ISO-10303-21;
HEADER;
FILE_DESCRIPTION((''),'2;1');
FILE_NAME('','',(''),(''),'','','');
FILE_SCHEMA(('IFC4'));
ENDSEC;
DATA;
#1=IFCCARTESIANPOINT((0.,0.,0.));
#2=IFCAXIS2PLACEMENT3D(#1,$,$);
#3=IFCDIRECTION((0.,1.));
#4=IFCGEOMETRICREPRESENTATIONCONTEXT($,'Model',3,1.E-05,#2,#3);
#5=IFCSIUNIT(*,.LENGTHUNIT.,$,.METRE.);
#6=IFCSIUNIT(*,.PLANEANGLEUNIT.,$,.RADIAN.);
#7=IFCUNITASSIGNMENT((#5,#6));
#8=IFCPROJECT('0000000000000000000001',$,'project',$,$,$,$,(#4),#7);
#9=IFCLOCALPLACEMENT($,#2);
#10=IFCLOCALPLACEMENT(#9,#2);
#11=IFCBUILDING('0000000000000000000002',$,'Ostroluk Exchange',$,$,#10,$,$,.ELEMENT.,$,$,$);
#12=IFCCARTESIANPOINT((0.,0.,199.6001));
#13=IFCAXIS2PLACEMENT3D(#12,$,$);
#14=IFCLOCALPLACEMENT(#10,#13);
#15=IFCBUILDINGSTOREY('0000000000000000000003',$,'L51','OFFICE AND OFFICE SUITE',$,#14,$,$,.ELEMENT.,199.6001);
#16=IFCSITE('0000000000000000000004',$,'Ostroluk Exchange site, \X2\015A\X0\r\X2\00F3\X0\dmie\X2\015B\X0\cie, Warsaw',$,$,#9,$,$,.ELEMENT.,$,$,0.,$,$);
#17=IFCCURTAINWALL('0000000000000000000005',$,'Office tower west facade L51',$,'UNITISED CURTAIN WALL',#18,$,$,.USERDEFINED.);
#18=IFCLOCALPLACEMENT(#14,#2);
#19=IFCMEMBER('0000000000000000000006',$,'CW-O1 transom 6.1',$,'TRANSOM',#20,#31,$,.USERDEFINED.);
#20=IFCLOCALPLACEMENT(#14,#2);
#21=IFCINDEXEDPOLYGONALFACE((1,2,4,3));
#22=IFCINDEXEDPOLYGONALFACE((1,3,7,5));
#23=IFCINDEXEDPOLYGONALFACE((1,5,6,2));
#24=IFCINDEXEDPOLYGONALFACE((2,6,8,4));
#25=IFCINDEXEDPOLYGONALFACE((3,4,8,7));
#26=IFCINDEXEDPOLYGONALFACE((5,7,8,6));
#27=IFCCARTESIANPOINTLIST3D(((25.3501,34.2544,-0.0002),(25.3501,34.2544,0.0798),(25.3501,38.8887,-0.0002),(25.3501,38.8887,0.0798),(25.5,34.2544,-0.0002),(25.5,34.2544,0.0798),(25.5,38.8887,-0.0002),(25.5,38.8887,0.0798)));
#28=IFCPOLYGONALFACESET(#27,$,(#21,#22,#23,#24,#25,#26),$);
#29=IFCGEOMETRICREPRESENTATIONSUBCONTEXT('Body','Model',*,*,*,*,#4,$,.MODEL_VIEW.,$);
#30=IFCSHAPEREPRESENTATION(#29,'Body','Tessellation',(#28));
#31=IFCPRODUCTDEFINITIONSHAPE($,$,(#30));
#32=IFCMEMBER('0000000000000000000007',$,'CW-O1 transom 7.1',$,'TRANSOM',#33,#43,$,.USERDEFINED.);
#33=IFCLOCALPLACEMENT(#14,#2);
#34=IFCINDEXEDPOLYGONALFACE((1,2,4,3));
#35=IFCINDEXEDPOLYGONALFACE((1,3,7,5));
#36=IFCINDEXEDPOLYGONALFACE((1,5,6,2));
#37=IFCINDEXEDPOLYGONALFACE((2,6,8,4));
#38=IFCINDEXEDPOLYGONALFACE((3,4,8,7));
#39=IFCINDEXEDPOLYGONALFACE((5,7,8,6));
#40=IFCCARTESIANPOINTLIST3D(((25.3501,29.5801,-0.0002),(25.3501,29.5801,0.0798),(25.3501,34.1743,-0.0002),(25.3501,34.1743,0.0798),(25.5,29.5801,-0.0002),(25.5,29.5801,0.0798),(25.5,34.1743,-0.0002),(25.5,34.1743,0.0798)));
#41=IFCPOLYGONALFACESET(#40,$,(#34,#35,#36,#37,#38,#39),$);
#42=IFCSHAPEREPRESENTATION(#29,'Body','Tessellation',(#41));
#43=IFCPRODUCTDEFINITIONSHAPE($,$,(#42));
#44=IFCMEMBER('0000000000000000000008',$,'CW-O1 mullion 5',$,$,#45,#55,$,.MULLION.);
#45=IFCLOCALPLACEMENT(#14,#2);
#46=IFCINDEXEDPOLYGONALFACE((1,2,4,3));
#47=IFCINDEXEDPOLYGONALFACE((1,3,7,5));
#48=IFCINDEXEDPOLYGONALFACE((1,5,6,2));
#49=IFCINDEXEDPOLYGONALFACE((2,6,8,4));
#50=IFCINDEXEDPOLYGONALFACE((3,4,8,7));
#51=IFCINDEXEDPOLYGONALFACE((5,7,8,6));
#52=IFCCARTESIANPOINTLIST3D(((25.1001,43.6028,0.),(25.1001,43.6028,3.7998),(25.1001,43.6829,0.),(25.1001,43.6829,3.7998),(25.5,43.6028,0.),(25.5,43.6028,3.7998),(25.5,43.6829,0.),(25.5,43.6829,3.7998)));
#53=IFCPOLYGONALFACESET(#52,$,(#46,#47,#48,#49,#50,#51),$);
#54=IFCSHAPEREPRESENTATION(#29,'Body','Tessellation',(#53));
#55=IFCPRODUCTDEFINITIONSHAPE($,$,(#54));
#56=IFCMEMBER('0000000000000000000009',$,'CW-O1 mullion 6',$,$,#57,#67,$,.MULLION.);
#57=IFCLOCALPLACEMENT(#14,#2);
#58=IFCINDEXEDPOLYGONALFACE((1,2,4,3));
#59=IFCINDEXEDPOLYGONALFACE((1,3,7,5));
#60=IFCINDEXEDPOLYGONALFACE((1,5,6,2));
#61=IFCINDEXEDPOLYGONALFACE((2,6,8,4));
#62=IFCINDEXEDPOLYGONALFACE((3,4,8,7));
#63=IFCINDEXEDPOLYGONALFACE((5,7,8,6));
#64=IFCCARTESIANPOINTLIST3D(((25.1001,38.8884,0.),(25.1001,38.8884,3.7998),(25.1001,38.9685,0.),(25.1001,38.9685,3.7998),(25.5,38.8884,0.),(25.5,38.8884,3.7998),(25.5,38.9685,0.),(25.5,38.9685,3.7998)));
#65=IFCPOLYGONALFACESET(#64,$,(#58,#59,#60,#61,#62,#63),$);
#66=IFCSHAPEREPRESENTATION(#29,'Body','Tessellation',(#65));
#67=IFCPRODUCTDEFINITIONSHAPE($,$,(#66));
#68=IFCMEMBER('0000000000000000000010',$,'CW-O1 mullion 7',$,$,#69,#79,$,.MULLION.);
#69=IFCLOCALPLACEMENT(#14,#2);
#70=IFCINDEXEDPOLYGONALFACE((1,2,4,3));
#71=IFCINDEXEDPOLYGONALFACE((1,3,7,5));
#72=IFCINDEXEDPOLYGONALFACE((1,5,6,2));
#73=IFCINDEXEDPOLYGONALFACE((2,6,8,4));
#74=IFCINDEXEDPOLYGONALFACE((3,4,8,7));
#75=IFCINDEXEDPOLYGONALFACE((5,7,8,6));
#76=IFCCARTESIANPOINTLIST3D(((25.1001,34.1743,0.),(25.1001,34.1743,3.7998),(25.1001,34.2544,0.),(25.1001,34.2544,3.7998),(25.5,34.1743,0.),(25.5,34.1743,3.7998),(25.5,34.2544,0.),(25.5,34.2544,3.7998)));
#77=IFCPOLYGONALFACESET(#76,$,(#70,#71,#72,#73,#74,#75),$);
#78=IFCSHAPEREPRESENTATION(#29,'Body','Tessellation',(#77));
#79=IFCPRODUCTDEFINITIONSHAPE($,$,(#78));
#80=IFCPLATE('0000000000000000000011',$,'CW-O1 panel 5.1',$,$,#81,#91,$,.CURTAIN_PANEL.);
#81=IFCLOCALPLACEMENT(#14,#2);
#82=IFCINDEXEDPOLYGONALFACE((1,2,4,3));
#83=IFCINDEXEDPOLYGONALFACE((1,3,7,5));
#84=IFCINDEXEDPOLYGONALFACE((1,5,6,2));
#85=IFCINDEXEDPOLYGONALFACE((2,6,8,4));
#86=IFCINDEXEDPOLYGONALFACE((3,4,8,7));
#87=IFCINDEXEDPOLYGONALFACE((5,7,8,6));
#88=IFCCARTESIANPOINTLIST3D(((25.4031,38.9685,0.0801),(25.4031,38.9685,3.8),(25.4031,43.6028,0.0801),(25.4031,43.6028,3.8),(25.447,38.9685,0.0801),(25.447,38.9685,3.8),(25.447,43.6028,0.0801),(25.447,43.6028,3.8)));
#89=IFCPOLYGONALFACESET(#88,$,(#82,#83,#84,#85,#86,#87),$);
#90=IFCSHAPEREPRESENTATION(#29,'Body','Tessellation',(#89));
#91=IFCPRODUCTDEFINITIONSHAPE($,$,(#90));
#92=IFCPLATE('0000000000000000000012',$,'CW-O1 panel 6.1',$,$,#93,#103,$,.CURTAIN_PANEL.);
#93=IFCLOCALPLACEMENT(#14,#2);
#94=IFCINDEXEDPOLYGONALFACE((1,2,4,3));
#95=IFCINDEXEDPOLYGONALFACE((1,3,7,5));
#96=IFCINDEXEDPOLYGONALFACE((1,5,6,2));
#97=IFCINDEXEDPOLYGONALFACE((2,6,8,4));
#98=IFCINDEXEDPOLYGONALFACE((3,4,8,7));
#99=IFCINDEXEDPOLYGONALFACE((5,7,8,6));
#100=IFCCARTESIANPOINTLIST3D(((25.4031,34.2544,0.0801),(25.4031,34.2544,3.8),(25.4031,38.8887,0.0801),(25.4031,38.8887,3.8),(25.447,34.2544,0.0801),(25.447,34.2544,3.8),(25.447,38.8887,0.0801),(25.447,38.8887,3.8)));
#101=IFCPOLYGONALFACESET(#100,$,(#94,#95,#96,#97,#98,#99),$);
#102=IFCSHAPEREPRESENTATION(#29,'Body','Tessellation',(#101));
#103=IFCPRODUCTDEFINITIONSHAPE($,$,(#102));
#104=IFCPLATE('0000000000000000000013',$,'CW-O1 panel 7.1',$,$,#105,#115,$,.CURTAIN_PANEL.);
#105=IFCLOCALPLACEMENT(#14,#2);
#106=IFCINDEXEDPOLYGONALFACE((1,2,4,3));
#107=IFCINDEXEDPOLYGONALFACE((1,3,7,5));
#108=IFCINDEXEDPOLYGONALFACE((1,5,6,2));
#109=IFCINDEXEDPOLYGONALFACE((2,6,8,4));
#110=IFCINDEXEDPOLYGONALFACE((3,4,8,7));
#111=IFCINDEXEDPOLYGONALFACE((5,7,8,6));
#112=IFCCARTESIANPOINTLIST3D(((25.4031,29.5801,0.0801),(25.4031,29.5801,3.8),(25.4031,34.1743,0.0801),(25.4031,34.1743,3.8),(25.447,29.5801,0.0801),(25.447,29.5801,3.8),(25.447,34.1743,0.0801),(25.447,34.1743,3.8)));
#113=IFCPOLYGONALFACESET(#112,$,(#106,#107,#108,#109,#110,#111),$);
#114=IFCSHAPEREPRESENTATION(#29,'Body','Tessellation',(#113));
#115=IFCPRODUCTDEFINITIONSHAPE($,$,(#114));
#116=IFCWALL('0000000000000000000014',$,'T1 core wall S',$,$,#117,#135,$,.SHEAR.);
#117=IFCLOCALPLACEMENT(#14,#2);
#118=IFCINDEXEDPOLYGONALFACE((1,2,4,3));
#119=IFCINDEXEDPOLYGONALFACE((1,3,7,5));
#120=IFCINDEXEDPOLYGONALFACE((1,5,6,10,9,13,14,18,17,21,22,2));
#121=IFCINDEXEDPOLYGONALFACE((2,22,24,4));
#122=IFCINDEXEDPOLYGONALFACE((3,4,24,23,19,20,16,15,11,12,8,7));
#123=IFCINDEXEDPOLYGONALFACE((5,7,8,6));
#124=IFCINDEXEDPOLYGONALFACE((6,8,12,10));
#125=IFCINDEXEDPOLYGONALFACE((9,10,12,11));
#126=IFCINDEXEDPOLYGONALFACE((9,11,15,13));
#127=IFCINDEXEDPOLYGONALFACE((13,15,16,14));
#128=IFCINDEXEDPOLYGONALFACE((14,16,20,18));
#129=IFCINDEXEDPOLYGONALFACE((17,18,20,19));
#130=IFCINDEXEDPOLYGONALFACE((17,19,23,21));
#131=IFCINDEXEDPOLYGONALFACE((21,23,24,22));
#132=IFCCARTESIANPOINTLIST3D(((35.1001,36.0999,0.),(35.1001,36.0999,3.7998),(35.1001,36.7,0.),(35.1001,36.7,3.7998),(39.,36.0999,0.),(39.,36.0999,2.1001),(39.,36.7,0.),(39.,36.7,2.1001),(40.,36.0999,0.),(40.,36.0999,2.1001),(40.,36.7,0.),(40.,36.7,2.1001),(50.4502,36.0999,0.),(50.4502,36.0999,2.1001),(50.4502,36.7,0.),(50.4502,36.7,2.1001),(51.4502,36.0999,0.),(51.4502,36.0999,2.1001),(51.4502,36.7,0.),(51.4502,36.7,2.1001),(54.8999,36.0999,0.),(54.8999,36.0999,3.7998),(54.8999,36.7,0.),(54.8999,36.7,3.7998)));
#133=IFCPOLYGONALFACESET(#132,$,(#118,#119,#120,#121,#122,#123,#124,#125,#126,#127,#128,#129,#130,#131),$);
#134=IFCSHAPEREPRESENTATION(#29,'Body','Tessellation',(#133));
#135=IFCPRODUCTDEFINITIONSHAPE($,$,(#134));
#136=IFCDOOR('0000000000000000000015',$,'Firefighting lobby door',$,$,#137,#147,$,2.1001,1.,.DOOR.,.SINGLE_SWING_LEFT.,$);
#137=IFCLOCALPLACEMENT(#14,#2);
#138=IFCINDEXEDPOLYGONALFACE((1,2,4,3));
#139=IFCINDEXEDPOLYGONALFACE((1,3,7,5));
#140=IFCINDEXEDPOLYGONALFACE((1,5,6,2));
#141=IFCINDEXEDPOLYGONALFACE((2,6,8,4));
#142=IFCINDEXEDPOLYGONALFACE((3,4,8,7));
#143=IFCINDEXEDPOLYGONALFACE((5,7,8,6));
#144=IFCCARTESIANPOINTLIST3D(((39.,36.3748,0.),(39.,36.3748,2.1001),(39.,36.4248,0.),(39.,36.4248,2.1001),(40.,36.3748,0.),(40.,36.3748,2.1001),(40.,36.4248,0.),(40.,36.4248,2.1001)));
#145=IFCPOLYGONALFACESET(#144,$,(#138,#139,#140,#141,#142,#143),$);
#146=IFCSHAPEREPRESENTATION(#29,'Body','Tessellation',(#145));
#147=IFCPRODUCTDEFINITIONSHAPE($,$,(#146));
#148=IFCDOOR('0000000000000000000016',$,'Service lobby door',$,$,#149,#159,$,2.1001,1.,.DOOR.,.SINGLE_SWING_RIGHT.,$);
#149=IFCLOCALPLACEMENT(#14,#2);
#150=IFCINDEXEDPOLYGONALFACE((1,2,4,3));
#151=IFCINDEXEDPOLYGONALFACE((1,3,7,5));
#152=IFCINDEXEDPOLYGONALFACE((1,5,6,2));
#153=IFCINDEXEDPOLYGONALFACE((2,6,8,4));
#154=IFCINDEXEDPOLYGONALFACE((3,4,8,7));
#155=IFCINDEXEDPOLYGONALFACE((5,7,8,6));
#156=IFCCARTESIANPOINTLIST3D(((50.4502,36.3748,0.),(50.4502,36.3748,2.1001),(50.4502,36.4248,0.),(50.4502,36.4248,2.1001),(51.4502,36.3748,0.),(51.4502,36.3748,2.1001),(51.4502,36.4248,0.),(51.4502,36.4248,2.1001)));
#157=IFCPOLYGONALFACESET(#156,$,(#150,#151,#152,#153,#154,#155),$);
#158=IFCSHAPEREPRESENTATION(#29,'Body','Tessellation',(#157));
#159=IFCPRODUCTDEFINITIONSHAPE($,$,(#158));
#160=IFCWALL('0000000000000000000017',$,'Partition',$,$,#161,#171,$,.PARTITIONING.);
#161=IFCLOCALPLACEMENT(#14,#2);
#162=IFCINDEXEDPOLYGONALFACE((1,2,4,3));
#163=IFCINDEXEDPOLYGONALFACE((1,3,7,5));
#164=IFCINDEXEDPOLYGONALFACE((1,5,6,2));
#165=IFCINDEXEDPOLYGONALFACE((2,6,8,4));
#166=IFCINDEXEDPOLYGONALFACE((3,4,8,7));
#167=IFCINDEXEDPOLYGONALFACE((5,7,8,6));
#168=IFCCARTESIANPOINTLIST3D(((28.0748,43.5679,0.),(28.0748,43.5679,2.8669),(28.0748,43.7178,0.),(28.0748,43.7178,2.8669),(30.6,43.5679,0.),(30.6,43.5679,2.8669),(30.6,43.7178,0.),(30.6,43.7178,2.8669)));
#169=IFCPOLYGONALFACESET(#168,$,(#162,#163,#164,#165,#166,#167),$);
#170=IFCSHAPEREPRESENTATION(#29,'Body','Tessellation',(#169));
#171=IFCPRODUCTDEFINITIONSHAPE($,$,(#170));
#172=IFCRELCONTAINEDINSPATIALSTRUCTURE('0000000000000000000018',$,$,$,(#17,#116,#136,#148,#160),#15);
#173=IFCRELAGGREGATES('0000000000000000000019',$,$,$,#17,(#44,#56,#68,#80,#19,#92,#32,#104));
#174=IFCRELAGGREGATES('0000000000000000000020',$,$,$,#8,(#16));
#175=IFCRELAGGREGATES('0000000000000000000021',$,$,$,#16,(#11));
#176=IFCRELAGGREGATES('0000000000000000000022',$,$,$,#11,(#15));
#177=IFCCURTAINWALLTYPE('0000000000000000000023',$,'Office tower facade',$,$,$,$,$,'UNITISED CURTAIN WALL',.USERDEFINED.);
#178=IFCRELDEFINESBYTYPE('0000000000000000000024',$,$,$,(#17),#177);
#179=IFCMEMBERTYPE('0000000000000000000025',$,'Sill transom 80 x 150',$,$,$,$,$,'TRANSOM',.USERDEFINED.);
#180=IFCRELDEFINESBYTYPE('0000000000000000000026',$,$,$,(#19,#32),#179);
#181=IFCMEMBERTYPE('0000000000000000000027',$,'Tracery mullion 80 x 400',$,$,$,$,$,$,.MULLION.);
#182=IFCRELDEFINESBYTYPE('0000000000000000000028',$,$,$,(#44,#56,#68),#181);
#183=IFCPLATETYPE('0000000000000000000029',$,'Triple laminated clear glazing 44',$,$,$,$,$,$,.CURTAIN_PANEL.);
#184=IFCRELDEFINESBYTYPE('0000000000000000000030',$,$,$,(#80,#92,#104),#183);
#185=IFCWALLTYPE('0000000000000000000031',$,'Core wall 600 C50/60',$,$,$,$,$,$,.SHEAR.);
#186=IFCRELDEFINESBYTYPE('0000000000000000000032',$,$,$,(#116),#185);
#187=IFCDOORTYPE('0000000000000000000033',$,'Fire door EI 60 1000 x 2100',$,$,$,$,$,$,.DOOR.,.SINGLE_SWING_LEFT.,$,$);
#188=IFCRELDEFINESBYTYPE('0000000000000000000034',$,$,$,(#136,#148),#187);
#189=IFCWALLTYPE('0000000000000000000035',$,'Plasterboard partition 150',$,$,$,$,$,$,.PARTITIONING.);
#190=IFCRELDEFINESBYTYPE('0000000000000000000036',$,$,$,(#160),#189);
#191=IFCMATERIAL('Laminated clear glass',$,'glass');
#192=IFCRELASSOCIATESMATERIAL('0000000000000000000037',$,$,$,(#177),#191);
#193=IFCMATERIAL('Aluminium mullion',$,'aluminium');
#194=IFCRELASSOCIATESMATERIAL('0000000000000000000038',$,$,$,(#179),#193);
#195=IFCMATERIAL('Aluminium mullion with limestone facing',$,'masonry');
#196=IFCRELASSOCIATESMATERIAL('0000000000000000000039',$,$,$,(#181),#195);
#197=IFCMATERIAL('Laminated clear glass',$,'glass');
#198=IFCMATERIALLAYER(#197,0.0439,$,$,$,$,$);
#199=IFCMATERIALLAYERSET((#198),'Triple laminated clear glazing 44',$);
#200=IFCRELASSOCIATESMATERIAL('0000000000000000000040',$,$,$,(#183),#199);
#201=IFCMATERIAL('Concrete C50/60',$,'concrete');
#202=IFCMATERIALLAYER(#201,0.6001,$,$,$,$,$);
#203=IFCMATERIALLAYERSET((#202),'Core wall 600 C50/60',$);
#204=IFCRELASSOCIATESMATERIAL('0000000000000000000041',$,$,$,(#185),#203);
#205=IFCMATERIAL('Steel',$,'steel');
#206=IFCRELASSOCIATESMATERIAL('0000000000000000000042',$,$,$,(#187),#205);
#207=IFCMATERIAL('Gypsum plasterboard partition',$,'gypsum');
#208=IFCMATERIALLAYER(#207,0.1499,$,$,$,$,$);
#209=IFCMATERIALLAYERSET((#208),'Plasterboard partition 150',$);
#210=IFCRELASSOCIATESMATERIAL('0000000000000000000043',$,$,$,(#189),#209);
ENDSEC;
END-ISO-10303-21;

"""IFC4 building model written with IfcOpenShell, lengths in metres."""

from ifc_helpers import new_model, si_unit, direction, frame, frame_2d, origin, origin_2d, place, context, subcontext, project, spatial, rectangle, extrude, material, layer, layer_set, material_profile, profile_set, type_object, element, fill, aggregate, save


model = new_model("IFC4")

# Units and contexts
model_context = context("Model", 3, precision=1e-05, world=origin(), true_north=direction((0.0, 1.0)))
body_context = subcontext(model_context, "Body", "Model", "MODEL_VIEW")
ifc_project = project(units=[si_unit("LENGTHUNIT", "METRE"), si_unit("PLANEANGLEUNIT", "RADIAN")], contexts=[model_context])

# Site, building, storey
site_placement = place(None, origin())
site = spatial("IfcSite", under=ifc_project, at=site_placement, Name="Ostroluk Exchange site, Śródmieście, Warsaw", CompositionType="ELEMENT", RefElevation=0.0)
building_placement = place(site_placement, origin())
building = spatial("IfcBuilding", under=site, at=building_placement, Name="Ostroluk Exchange", CompositionType="ELEMENT")
storey_placement = place(building_placement, frame((0.0, 0.0, 199.6001)))
storey = spatial("IfcBuildingStorey", under=building, at=storey_placement, Name="L51", Description="OFFICE AND OFFICE SUITE", CompositionType="ELEMENT", Elevation=199.6001)

# Curtain wall, members, plates
ifc_material_1 = material(Name="Laminated clear glass", Category="glass")
curtain_wall_type = type_object("IfcCurtainWallType", Name="Office tower facade", ElementType="UNITISED CURTAIN WALL", PredefinedType="USERDEFINED", material=ifc_material_1)
curtain_wall_placement = place(storey_placement, origin())
curtain_wall = element("IfcCurtainWall", 1, at=curtain_wall_placement, inside=storey, type_object=curtain_wall_type, Name="Office tower west facade L51", ObjectType="UNITISED CURTAIN WALL", PredefinedType="USERDEFINED")
ifc_material_2 = material(Name="Aluminium mullion", Category="aluminium")
ifc_material_profile_1 = material_profile(ifc_material_2, rectangle(XDim=0.1499, YDim=0.0801, at=origin_2d()), Name="Sill transom 80 x 150")
ifc_profile_set_1 = profile_set([ifc_material_profile_1], Name="Aluminium mullion")
member_type_1 = type_object("IfcMemberType", Name="Sill transom 80 x 150", ElementType="TRANSOM", PredefinedType="USERDEFINED", material=ifc_profile_set_1)
member_1_placement = place(storey_placement, frame((25.425, 38.8887, 0.0398), z_axis=(0.0, -1.0, 0.0), x_axis=(1.0, 0.0, 0.0)))
member_1 = element("IfcMember", 2, at=member_1_placement, type_object=member_type_1, Name="CW-O1 transom 6.1", ObjectType="TRANSOM", PredefinedType="USERDEFINED", context=body_context, shape_type="SweptSolid", body=[
    extrude(rectangle(XDim=0.1499, YDim=0.0801, at=origin_2d()), origin(), (0.0, 0.0, 1.0), 4.6343),
])
member_2_placement = place(storey_placement, frame((25.425, 34.1743, 0.0398), z_axis=(0.0, -1.0, 0.0), x_axis=(1.0, 0.0, 0.0)))
member_2 = element("IfcMember", 3, at=member_2_placement, type_object=member_type_1, Name="CW-O1 transom 7.1", ObjectType="TRANSOM", PredefinedType="USERDEFINED", context=body_context, shape_type="SweptSolid", body=[
    extrude(rectangle(XDim=0.1499, YDim=0.0801, at=origin_2d()), origin(), (0.0, 0.0, 1.0), 4.5942),
])
ifc_material_3 = material(Name="Aluminium mullion with limestone facing", Category="masonry")
ifc_material_profile_2 = material_profile(ifc_material_3, rectangle(XDim=0.3999, YDim=0.0801, at=origin_2d()), Name="Tracery mullion 80 x 400")
ifc_profile_set_2 = profile_set([ifc_material_profile_2], Name="Aluminium mullion with limestone facing")
member_type_2 = type_object("IfcMemberType", Name="Tracery mullion 80 x 400", PredefinedType="MULLION", material=ifc_profile_set_2)
member_3_placement = place(storey_placement, frame((25.3, 43.6428, 0.0), z_axis=(0.0, 0.0, 1.0), x_axis=(1.0, 0.0, 0.0)))
member_3 = element("IfcMember", 4, at=member_3_placement, type_object=member_type_2, Name="CW-O1 mullion 5", PredefinedType="MULLION", context=body_context, shape_type="SweptSolid", body=[
    extrude(rectangle(XDim=0.3999, YDim=0.0801, at=origin_2d()), origin(), (0.0, 0.0, 1.0), 3.7998),
])
member_4_placement = place(storey_placement, frame((25.3, 38.9285, 0.0), z_axis=(0.0, 0.0, 1.0), x_axis=(1.0, 0.0, 0.0)))
member_4 = element("IfcMember", 5, at=member_4_placement, type_object=member_type_2, Name="CW-O1 mullion 6", PredefinedType="MULLION", context=body_context, shape_type="SweptSolid", body=[
    extrude(rectangle(XDim=0.3999, YDim=0.0801, at=origin_2d()), origin(), (0.0, 0.0, 1.0), 3.7998),
])
member_5_placement = place(storey_placement, frame((25.3, 34.2144, 0.0), z_axis=(0.0, 0.0, 1.0), x_axis=(1.0, 0.0, 0.0)))
member_5 = element("IfcMember", 6, at=member_5_placement, type_object=member_type_2, Name="CW-O1 mullion 7", PredefinedType="MULLION", context=body_context, shape_type="SweptSolid", body=[
    extrude(rectangle(XDim=0.3999, YDim=0.0801, at=origin_2d()), origin(), (0.0, 0.0, 1.0), 3.7998),
])
ifc_material_4 = material(Name="Laminated clear glass", Category="glass")
ifc_layer_1 = layer(ifc_material_4, 0.0439)
ifc_layer_set_1 = layer_set([ifc_layer_1], Name="Triple laminated clear glazing 44")
plate_type = type_object("IfcPlateType", Name="Triple laminated clear glazing 44", PredefinedType="CURTAIN_PANEL", material=ifc_layer_set_1)
plate_1_placement = place(storey_placement, frame((25.425, 41.2856, 0.0801), z_axis=(0.0, 0.0, 1.0), x_axis=(0.0, -1.0, 0.0)))
plate_1 = element("IfcPlate", 7, at=plate_1_placement, type_object=plate_type, Name="CW-O1 panel 5.1", PredefinedType="CURTAIN_PANEL", context=body_context, shape_type="SweptSolid", body=[
    extrude(rectangle(XDim=4.6343, YDim=0.0439, at=origin_2d()), origin(), (0.0, 0.0, 1.0), 3.72),
])
plate_2_placement = place(storey_placement, frame((25.425, 36.5715, 0.0801), z_axis=(0.0, 0.0, 1.0), x_axis=(0.0, -1.0, 0.0)))
plate_2 = element("IfcPlate", 8, at=plate_2_placement, type_object=plate_type, Name="CW-O1 panel 6.1", PredefinedType="CURTAIN_PANEL", context=body_context, shape_type="SweptSolid", body=[
    extrude(rectangle(XDim=4.6343, YDim=0.0439, at=origin_2d()), origin(), (0.0, 0.0, 1.0), 3.72),
])
plate_3_placement = place(storey_placement, frame((25.425, 31.8772, 0.0801), z_axis=(0.0, 0.0, 1.0), x_axis=(0.0, -1.0, 0.0)))
plate_3 = element("IfcPlate", 9, at=plate_3_placement, type_object=plate_type, Name="CW-O1 panel 7.1", PredefinedType="CURTAIN_PANEL", context=body_context, shape_type="SweptSolid", body=[
    extrude(rectangle(XDim=4.5942, YDim=0.0439, at=origin_2d()), origin(), (0.0, 0.0, 1.0), 3.72),
])
aggregate(curtain_wall, [member_3, member_4, member_5, plate_1, member_1, plate_2, member_2, plate_3])

# Wall, openings, doors
ifc_material_5 = material(Name="Concrete C50/60", Category="concrete")
ifc_layer_2 = layer(ifc_material_5, 0.6001)
ifc_layer_set_2 = layer_set([ifc_layer_2], Name="Core wall 600 C50/60")
wall_type_1 = type_object("IfcWallType", Name="Core wall 600 C50/60", PredefinedType="SHEAR", material=ifc_layer_set_2)
wall_1_placement = place(storey_placement, frame((35.1001, 36.3999, 0.0), z_axis=(0.0, 0.0, 1.0), x_axis=(1.0, 0.0, 0.0)))
wall_1 = element("IfcWall", 10, at=wall_1_placement, inside=storey, type_object=wall_type_1, Name="T1 core wall S", PredefinedType="SHEAR", context=body_context, shape_type="SweptSolid", body=[
    extrude(rectangle(XDim=19.7998, YDim=0.6001, at=frame_2d((9.8999, 0.0))), origin(), (0.0, 0.0, 1.0), 3.7998),
])
opening_1_placement = place(wall_1_placement, frame((3.8999, 0.0, 0.0)))
opening_1 = element("IfcOpeningElement", 11, at=opening_1_placement, cuts=wall_1, PredefinedType="OPENING", context=body_context, shape_type="SweptSolid", body=[
    extrude(rectangle(XDim=1.0, YDim=2.1001, at=frame_2d((0.5, 1.05))), frame((0.0, 0.3101, 0.0), z_axis=(0.0, -1.0, 0.0), x_axis=(1.0, 0.0, 0.0)), (0.0, 0.0, 1.0), 0.6201),
])
opening_2_placement = place(wall_1_placement, frame((15.3501, 0.0, 0.0)))
opening_2 = element("IfcOpeningElement", 12, at=opening_2_placement, cuts=wall_1, PredefinedType="OPENING", context=body_context, shape_type="SweptSolid", body=[
    extrude(rectangle(XDim=1.0, YDim=2.1001, at=frame_2d((0.5, 1.05))), frame((0.0, 0.3101, 0.0), z_axis=(0.0, -1.0, 0.0), x_axis=(1.0, 0.0, 0.0)), (0.0, 0.0, 1.0), 0.6201),
])
ifc_material_6 = material(Name="Steel", Category="steel")
door_type = type_object("IfcDoorType", Name="Fire door EI 60 1000 x 2100", OperationType="SINGLE_SWING_LEFT", PredefinedType="DOOR", material=ifc_material_6)
door_1_placement = place(opening_1_placement, origin())
door_1 = element("IfcDoor", 13, at=door_1_placement, inside=storey, type_object=door_type, Name="Firefighting lobby door", OperationType="SINGLE_SWING_LEFT", OverallHeight=2.1001, OverallWidth=1.0, PredefinedType="DOOR", context=body_context, shape_type="SweptSolid", body=[
    extrude(rectangle(XDim=1.0, YDim=2.1001, at=frame_2d((0.5, 1.05))), frame((0.0, 0.0249, 0.0), z_axis=(0.0, -1.0, 0.0), x_axis=(1.0, 0.0, 0.0)), (0.0, 0.0, 1.0), 0.05),
])
fill(opening_1, door_1)
door_2_placement = place(opening_2_placement, origin())
door_2 = element("IfcDoor", 14, at=door_2_placement, inside=storey, type_object=door_type, Name="Service lobby door", OperationType="SINGLE_SWING_RIGHT", OverallHeight=2.1001, OverallWidth=1.0, PredefinedType="DOOR", context=body_context, shape_type="SweptSolid", body=[
    extrude(rectangle(XDim=1.0, YDim=2.1001, at=frame_2d((0.5, 1.05))), frame((0.0, 0.0249, 0.0), z_axis=(0.0, -1.0, 0.0), x_axis=(1.0, 0.0, 0.0)), (0.0, 0.0, 1.0), 0.05),
])
fill(opening_2, door_2)

# Wall
ifc_material_7 = material(Name="Gypsum plasterboard partition", Category="gypsum")
ifc_layer_3 = layer(ifc_material_7, 0.1499)
ifc_layer_set_3 = layer_set([ifc_layer_3], Name="Plasterboard partition 150")
wall_type_2 = type_object("IfcWallType", Name="Plasterboard partition 150", PredefinedType="PARTITIONING", material=ifc_layer_set_3)
wall_2_placement = place(storey_placement, frame((30.6001, 43.6428, 0.0), z_axis=(0.0, 0.0, 1.0), x_axis=(-1.0, 0.0, 0.0)))
element("IfcWall", 15, at=wall_2_placement, inside=storey, type_object=wall_type_2, Name="Partition", PredefinedType="PARTITIONING", context=body_context, shape_type="SweptSolid", body=[
    extrude(rectangle(XDim=2.5251, YDim=0.1499, at=frame_2d((1.2627, 0.0))), origin(), (0.0, 0.0, 1.0), 2.8669),
])

save(model, "model.ifc")
